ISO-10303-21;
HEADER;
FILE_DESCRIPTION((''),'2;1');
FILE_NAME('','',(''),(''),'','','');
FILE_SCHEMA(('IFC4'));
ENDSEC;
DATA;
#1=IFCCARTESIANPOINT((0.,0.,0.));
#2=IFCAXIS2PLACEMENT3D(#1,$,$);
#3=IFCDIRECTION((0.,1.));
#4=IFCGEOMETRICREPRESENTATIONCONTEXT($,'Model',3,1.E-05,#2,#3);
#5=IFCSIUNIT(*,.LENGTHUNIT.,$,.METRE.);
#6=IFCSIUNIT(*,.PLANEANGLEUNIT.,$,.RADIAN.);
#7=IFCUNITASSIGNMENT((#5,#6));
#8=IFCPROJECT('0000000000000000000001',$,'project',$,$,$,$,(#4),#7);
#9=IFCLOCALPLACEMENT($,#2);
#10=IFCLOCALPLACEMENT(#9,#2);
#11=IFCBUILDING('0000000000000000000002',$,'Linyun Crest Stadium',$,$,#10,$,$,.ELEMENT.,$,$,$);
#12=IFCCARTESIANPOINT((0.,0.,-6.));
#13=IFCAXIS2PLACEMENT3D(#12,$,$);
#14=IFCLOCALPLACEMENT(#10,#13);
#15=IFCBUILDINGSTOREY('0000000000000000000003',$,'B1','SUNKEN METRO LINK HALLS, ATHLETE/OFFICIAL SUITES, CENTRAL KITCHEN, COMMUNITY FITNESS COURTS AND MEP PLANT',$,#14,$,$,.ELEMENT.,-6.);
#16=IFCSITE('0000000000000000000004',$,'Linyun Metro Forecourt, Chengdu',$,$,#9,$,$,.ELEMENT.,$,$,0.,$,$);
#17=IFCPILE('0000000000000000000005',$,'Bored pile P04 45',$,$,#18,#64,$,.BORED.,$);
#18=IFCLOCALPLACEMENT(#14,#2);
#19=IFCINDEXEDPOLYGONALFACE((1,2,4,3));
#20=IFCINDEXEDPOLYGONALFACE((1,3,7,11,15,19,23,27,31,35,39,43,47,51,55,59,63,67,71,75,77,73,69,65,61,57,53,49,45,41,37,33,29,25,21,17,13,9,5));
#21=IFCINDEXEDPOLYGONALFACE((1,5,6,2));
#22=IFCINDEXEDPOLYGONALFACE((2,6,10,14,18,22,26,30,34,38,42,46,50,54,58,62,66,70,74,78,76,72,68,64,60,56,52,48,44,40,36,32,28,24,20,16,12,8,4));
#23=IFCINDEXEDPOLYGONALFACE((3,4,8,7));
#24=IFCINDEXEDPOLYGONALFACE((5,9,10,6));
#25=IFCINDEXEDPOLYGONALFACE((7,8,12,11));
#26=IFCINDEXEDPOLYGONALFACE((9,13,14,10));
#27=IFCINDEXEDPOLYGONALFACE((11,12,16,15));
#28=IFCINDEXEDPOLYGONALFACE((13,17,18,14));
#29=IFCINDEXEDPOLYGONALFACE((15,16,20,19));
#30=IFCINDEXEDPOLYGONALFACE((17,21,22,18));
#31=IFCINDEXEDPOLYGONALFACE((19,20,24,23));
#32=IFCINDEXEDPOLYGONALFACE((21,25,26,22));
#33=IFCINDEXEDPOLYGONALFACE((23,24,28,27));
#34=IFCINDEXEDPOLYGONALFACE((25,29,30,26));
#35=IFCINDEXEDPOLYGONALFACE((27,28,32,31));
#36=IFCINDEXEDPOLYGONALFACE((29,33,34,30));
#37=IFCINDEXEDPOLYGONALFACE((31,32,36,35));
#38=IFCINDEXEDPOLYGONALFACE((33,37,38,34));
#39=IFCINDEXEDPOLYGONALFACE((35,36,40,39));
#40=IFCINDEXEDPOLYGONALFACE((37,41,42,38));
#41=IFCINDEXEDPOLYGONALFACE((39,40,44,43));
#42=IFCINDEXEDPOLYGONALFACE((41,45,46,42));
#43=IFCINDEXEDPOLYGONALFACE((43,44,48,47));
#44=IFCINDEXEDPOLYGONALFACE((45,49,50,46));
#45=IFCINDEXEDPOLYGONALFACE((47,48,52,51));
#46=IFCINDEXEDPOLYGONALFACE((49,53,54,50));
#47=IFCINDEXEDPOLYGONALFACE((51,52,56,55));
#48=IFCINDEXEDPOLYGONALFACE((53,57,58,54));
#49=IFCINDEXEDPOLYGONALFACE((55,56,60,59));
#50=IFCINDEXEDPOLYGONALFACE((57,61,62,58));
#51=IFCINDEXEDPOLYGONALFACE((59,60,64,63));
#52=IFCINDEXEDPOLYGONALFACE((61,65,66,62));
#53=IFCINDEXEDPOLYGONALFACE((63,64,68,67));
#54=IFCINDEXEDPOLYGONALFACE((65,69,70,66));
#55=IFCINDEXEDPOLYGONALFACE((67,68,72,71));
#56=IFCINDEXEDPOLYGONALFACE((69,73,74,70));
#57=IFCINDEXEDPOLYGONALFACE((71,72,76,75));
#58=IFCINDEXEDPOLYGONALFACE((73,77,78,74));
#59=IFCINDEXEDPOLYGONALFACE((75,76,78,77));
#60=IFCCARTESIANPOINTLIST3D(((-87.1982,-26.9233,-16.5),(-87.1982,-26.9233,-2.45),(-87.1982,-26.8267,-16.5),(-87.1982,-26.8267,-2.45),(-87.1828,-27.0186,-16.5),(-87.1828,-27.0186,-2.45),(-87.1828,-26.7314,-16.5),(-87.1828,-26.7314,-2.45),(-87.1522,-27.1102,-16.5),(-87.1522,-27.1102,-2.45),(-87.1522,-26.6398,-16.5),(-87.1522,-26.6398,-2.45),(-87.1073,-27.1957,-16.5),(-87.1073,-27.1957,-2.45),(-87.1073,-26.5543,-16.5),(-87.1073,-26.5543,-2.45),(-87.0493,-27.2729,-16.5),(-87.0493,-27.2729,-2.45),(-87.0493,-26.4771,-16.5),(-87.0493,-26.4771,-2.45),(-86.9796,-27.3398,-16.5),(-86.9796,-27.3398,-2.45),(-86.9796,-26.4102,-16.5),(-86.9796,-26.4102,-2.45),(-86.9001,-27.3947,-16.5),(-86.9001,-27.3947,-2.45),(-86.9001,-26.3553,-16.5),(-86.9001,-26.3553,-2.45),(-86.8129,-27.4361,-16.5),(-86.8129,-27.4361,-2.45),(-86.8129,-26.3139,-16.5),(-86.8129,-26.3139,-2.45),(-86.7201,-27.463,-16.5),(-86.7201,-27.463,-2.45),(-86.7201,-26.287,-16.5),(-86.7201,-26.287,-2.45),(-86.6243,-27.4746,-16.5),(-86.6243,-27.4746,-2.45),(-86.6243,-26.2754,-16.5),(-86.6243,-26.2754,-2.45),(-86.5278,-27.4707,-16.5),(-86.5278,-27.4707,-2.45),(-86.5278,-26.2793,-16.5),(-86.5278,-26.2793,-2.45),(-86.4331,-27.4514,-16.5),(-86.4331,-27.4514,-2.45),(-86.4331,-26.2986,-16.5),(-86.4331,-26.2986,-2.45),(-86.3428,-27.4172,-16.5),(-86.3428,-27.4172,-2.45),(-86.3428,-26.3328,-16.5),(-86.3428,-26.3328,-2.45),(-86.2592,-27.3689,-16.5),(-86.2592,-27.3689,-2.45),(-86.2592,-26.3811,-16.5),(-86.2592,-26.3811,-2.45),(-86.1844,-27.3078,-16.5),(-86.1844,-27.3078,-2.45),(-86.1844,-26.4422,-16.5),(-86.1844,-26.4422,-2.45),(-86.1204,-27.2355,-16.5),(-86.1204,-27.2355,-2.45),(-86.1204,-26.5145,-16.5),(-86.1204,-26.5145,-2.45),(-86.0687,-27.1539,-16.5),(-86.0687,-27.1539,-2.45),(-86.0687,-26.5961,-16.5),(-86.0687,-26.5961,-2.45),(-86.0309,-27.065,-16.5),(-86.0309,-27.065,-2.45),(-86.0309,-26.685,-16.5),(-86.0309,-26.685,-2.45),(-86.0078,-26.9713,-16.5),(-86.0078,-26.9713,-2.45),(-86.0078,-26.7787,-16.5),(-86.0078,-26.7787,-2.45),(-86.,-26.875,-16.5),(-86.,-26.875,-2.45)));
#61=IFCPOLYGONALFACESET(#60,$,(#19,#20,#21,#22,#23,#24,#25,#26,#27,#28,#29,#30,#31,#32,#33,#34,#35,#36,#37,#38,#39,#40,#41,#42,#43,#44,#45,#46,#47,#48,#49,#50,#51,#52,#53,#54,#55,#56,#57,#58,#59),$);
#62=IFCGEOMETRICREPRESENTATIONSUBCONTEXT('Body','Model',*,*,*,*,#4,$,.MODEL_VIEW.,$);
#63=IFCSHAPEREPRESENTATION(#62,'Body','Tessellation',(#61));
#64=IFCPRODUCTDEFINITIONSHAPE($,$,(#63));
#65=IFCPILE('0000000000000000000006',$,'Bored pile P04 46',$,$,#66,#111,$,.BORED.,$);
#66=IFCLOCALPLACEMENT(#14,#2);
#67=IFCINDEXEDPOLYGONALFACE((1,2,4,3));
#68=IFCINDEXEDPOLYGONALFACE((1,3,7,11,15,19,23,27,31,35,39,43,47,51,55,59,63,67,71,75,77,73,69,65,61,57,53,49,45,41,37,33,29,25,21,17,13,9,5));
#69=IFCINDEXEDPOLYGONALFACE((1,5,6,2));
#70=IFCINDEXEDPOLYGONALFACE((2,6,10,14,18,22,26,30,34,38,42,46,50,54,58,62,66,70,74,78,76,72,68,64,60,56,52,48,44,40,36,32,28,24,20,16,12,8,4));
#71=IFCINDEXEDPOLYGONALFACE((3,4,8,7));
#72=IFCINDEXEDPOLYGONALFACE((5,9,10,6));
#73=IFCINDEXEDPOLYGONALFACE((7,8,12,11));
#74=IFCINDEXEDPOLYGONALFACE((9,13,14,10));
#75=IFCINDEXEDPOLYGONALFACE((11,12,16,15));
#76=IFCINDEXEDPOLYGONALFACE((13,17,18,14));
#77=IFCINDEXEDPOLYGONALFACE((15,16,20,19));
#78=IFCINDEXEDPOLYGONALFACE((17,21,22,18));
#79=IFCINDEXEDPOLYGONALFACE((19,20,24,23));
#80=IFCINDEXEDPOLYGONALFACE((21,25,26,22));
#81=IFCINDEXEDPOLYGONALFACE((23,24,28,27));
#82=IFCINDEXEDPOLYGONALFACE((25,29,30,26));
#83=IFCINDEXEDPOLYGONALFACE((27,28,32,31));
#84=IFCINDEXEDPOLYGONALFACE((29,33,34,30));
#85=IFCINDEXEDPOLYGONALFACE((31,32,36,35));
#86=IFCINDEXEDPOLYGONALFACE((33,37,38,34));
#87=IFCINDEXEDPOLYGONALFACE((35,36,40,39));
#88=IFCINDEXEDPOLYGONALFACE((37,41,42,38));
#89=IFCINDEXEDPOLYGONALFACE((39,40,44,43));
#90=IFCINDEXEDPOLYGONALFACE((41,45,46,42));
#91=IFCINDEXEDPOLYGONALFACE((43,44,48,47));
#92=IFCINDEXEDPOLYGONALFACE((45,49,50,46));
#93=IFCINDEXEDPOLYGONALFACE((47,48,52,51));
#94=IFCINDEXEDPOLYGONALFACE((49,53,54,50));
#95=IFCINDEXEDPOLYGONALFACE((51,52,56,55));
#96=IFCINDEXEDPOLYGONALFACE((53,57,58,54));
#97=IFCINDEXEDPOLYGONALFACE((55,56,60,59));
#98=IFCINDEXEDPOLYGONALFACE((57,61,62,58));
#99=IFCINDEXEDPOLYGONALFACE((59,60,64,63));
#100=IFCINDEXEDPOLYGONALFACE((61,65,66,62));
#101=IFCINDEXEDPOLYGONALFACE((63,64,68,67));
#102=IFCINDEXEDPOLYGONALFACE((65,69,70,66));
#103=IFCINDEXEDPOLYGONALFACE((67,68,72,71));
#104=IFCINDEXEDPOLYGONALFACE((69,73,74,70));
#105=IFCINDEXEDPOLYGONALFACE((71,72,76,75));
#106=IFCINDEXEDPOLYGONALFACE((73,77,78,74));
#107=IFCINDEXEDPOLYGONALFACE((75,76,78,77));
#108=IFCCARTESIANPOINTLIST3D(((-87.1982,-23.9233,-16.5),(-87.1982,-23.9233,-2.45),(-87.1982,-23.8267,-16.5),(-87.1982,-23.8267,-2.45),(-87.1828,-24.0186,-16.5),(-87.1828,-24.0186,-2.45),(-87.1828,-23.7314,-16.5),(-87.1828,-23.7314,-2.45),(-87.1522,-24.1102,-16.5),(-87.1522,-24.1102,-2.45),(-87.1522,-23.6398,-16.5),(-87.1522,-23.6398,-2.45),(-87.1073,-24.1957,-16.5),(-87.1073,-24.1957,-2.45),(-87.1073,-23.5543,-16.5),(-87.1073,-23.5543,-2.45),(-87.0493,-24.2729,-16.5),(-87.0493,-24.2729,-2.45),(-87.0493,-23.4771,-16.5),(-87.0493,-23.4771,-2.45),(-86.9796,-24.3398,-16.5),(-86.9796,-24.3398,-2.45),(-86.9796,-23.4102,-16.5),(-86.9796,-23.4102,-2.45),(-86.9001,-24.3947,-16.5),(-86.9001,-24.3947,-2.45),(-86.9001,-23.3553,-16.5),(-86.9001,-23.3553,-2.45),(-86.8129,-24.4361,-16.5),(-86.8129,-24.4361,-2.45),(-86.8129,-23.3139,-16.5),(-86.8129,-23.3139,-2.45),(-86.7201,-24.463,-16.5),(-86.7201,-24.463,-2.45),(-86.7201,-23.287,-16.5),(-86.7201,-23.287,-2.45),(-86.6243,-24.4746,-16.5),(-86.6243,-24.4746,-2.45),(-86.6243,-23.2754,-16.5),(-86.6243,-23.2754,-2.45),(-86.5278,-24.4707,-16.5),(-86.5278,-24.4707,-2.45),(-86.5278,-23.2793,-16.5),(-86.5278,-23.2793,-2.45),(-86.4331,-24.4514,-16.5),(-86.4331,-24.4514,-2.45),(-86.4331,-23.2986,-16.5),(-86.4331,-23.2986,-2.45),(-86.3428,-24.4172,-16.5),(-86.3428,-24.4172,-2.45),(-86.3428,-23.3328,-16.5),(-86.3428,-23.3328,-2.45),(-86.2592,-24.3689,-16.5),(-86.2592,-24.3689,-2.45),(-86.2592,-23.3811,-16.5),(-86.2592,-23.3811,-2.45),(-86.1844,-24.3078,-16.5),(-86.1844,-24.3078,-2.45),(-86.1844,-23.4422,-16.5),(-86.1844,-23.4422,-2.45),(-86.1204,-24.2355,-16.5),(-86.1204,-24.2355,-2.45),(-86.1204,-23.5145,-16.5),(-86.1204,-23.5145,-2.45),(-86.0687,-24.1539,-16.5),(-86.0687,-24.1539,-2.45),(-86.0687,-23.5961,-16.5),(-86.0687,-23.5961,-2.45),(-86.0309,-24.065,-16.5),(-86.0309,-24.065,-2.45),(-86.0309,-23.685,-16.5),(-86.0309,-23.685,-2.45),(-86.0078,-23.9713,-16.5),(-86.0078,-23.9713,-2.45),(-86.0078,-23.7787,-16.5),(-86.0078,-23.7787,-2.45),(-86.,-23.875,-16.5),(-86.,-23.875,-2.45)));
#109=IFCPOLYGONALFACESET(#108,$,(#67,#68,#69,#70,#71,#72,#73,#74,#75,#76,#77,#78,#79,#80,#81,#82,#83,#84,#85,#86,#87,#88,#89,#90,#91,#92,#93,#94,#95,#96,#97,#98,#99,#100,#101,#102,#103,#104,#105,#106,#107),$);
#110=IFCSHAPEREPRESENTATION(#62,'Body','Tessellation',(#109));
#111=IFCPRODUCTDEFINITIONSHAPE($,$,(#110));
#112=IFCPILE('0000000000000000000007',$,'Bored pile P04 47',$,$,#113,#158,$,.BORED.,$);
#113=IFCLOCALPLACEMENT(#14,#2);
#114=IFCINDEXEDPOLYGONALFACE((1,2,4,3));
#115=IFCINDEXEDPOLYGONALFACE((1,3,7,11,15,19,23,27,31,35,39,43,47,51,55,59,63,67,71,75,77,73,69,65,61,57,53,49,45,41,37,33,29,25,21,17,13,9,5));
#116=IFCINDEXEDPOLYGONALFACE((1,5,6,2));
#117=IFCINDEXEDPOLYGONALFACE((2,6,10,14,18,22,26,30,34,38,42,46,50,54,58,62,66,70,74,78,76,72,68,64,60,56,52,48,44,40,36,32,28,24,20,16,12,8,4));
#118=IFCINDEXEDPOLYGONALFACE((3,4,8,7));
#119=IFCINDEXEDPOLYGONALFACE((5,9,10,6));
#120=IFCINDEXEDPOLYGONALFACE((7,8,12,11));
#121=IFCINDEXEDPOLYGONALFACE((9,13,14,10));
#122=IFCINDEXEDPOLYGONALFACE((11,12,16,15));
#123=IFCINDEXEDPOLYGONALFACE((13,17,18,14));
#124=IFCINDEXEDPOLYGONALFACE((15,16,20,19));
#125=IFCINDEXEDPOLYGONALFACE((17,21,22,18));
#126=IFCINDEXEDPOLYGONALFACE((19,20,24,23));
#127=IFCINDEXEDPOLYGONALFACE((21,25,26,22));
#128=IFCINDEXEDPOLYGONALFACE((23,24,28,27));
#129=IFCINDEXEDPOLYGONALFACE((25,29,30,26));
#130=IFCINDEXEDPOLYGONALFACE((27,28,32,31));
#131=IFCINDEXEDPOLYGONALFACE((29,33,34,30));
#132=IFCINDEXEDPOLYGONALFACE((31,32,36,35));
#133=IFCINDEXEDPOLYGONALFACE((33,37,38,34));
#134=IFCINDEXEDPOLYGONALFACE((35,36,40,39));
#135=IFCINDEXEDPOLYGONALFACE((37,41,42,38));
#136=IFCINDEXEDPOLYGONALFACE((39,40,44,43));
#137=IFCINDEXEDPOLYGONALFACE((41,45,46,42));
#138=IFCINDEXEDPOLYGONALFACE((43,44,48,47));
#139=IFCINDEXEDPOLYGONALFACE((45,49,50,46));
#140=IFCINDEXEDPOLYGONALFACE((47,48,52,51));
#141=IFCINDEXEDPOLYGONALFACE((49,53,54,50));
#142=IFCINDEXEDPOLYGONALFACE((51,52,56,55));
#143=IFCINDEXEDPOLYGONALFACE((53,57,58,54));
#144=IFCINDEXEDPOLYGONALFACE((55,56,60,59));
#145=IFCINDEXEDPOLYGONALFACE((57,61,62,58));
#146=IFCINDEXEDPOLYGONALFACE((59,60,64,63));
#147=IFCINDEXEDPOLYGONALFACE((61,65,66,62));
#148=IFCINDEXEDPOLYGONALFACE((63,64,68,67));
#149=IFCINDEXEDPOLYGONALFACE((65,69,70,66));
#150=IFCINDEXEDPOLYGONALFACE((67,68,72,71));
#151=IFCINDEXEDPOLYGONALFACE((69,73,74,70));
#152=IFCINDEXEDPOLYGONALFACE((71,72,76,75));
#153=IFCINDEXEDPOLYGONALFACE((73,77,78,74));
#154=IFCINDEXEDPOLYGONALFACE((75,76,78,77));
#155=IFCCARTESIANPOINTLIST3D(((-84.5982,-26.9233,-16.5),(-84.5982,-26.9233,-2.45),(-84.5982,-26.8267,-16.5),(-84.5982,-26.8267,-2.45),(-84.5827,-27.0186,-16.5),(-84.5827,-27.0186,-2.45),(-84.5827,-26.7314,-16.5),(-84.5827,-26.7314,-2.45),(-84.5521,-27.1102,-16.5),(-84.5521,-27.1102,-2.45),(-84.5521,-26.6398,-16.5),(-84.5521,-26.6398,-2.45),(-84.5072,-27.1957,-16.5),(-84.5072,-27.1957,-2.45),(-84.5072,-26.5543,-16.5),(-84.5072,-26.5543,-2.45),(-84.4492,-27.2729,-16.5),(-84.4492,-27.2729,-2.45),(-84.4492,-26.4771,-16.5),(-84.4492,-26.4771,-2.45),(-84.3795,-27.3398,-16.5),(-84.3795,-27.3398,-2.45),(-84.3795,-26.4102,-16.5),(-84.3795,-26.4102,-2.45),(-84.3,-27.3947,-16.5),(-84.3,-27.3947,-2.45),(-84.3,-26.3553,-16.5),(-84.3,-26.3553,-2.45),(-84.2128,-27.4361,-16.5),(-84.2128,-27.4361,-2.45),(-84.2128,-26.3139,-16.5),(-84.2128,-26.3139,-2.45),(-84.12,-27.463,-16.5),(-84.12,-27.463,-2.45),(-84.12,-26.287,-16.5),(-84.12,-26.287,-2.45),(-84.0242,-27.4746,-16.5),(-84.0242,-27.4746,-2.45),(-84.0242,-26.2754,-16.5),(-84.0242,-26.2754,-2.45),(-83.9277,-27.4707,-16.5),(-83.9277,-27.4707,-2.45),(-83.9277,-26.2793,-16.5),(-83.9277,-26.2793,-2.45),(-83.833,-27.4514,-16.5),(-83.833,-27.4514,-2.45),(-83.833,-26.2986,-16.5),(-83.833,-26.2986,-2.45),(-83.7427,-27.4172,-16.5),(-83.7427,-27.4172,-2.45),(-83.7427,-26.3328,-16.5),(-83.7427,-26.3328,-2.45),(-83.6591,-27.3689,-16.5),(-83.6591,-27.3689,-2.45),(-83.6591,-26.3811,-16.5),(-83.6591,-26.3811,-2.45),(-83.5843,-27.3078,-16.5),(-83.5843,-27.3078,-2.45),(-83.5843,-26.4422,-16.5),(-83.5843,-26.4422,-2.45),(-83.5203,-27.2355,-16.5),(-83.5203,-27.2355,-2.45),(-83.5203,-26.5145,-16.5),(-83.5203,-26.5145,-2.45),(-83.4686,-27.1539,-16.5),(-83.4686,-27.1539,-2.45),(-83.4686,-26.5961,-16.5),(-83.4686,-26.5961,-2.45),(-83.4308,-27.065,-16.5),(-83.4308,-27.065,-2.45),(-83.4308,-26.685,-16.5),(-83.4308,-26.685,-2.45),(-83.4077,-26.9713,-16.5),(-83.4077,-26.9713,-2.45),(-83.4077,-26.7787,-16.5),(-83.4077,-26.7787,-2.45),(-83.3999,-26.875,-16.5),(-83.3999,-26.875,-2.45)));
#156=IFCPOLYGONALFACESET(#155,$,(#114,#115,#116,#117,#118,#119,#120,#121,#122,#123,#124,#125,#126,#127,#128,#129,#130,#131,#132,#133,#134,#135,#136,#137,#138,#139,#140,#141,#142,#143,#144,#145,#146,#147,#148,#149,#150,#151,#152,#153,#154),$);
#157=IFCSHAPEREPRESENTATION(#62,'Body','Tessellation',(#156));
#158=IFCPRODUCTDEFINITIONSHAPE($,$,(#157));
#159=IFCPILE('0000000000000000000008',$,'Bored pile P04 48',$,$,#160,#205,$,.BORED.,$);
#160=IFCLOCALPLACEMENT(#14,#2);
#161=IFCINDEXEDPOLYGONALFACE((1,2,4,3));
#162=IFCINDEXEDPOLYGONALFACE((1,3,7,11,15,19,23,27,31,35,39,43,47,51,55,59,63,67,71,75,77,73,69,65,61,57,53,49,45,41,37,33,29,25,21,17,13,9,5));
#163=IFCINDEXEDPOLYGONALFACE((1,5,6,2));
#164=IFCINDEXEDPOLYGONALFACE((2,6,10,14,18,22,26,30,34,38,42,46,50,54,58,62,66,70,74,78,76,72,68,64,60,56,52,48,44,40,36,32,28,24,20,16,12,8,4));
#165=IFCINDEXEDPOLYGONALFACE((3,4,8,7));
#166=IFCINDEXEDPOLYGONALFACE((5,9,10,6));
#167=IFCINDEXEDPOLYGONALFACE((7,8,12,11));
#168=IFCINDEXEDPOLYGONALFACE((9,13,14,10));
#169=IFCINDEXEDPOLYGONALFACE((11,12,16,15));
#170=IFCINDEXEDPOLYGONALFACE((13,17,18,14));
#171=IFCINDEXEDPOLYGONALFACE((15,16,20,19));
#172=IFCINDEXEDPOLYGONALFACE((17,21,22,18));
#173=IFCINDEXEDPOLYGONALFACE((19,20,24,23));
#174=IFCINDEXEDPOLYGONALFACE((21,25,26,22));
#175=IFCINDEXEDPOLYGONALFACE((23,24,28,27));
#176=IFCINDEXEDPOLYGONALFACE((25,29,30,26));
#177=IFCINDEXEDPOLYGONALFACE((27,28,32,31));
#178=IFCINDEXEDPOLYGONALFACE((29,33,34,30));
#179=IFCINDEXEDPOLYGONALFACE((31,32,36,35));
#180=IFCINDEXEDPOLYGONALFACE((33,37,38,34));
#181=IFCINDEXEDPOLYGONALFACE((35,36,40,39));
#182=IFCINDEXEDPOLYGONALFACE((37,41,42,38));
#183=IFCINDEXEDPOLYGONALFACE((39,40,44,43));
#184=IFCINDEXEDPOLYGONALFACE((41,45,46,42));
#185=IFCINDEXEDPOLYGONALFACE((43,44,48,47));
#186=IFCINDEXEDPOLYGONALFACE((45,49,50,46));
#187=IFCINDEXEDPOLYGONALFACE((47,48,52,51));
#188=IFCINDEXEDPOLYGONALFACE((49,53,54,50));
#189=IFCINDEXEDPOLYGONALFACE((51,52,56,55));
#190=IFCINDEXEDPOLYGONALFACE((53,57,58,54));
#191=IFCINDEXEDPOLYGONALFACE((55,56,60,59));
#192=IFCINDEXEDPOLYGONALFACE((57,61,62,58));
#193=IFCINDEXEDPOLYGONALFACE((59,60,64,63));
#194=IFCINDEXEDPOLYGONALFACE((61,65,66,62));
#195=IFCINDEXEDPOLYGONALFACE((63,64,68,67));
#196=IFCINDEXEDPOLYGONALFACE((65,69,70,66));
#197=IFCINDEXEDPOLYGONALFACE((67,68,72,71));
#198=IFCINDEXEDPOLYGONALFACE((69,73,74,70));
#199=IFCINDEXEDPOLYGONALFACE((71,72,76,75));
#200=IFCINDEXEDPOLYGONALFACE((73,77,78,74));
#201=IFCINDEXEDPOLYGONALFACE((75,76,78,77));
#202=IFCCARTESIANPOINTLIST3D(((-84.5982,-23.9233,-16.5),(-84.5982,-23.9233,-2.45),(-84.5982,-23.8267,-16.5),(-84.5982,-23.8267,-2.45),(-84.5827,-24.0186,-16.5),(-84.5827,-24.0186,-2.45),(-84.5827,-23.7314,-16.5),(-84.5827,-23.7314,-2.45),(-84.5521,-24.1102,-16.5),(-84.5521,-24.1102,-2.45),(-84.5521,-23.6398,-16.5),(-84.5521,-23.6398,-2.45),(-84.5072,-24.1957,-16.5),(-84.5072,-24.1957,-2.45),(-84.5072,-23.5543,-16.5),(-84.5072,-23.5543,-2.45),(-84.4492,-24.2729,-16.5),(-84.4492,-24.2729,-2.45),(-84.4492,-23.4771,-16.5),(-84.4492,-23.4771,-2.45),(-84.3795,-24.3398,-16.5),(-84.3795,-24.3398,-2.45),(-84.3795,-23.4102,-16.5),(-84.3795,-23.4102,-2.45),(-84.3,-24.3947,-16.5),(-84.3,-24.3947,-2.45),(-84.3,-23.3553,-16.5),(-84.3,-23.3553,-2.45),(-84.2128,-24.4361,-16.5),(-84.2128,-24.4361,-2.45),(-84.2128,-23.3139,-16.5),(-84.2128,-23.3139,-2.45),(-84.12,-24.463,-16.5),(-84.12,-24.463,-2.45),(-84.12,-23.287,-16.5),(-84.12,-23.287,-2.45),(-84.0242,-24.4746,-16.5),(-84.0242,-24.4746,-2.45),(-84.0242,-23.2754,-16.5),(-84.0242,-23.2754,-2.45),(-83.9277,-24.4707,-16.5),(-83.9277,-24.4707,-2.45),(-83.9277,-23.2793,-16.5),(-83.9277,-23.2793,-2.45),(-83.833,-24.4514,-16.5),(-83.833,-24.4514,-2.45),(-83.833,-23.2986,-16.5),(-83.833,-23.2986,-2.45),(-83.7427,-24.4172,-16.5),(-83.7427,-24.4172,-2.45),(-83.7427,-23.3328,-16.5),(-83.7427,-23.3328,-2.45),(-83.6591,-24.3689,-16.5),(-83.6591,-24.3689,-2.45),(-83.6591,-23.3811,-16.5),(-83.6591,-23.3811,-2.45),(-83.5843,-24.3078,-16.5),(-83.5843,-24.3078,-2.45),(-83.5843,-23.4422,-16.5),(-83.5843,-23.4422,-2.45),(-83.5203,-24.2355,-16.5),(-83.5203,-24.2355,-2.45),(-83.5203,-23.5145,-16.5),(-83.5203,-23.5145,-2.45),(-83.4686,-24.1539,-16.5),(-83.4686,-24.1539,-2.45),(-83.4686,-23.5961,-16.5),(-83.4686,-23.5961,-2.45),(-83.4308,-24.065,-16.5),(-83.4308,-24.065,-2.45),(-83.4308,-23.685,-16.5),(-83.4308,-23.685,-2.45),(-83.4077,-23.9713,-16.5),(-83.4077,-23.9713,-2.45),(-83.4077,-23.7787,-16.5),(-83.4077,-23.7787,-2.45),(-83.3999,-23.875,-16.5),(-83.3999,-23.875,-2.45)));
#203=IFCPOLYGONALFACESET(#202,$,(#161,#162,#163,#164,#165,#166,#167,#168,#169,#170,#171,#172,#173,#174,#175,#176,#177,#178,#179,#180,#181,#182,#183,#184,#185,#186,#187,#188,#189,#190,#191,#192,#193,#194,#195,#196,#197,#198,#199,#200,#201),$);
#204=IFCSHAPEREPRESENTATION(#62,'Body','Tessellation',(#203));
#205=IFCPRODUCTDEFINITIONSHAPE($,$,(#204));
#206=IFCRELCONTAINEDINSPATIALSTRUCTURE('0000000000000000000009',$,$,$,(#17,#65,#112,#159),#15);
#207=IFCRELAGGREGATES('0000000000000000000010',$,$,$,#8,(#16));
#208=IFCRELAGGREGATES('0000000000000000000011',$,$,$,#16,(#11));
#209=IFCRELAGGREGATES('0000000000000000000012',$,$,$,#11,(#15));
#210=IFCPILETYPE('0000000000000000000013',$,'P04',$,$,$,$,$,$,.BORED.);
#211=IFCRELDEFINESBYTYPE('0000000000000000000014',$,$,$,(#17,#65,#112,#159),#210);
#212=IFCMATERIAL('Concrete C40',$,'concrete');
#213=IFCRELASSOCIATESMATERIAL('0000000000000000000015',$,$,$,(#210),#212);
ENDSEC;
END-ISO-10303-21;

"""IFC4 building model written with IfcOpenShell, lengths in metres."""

from ifc_helpers import new_model, si_unit, direction, frame, origin, origin_2d, place, context, subcontext, project, spatial, circle, extrude, material, material_profile, profile_set, type_object, element, save


model = new_model("IFC4")

# Units and contexts
model_context = context("Model", 3, precision=1e-05, world=origin(), true_north=direction((0.0, 1.0)))
body_context = subcontext(model_context, "Body", "Model", "MODEL_VIEW")
ifc_project = project(units=[si_unit("LENGTHUNIT", "METRE"), si_unit("PLANEANGLEUNIT", "RADIAN")], contexts=[model_context])

# Site, building, storey
site_placement = place(None, origin())
site = spatial("IfcSite", under=ifc_project, at=site_placement, Name="Linyun Metro Forecourt, Chengdu", CompositionType="ELEMENT", RefElevation=0.0)
building_placement = place(site_placement, origin())
building = spatial("IfcBuilding", under=site, at=building_placement, Name="Linyun Crest Stadium", CompositionType="ELEMENT")
storey_placement = place(building_placement, frame((0.0, 0.0, -6.0)))
storey = spatial("IfcBuildingStorey", under=building, at=storey_placement, Name="B1", Description="SUNKEN METRO LINK HALLS, ATHLETE/OFFICIAL SUITES, CENTRAL KITCHEN, COMMUNITY FITNESS COURTS AND MEP PLANT", CompositionType="ELEMENT", Elevation=-6.0)

# Piles
ifc_material_1 = material(Name="Concrete C40", Category="concrete")
ifc_material_profile_1 = material_profile(ifc_material_1, circle(Radius=0.6001, at=origin_2d()), Name="BORED PILE 1200")
ifc_profile_set_1 = profile_set([ifc_material_profile_1], Name="Concrete C40")
pile_type = type_object("IfcPileType", Name="P04", PredefinedType="BORED", material=ifc_profile_set_1)
for number, where, z_axis, x_axis, name in (
    (1, (-86.6001, -26.875, -2.45), (0.0, 0.0, -1.0), (1.0, 0.0, 0.0), "Bored pile P04 45"),
    (2, (-86.6001, -23.875, -2.45), (0.0, 0.0, -1.0), (1.0, 0.0, 0.0), "Bored pile P04 46"),
    (3, (-84.0, -26.875, -2.45), (0.0, 0.0, -1.0), (1.0, 0.0, 0.0), "Bored pile P04 47"),
    (4, (-84.0, -23.875, -2.45), (0.0, 0.0, -1.0), (1.0, 0.0, 0.0), "Bored pile P04 48"),
):
    element("IfcPile", number, at=place(storey_placement, frame(where, z_axis=z_axis, x_axis=x_axis)), inside=storey, type_object=pile_type, Name=name, PredefinedType="BORED", context=body_context, shape_type="SweptSolid", body=[
        extrude(circle(Radius=0.6001, at=origin_2d()), origin(), (0.0, 0.0, 1.0), 14.05),
    ])

save(model, "model.ifc")
